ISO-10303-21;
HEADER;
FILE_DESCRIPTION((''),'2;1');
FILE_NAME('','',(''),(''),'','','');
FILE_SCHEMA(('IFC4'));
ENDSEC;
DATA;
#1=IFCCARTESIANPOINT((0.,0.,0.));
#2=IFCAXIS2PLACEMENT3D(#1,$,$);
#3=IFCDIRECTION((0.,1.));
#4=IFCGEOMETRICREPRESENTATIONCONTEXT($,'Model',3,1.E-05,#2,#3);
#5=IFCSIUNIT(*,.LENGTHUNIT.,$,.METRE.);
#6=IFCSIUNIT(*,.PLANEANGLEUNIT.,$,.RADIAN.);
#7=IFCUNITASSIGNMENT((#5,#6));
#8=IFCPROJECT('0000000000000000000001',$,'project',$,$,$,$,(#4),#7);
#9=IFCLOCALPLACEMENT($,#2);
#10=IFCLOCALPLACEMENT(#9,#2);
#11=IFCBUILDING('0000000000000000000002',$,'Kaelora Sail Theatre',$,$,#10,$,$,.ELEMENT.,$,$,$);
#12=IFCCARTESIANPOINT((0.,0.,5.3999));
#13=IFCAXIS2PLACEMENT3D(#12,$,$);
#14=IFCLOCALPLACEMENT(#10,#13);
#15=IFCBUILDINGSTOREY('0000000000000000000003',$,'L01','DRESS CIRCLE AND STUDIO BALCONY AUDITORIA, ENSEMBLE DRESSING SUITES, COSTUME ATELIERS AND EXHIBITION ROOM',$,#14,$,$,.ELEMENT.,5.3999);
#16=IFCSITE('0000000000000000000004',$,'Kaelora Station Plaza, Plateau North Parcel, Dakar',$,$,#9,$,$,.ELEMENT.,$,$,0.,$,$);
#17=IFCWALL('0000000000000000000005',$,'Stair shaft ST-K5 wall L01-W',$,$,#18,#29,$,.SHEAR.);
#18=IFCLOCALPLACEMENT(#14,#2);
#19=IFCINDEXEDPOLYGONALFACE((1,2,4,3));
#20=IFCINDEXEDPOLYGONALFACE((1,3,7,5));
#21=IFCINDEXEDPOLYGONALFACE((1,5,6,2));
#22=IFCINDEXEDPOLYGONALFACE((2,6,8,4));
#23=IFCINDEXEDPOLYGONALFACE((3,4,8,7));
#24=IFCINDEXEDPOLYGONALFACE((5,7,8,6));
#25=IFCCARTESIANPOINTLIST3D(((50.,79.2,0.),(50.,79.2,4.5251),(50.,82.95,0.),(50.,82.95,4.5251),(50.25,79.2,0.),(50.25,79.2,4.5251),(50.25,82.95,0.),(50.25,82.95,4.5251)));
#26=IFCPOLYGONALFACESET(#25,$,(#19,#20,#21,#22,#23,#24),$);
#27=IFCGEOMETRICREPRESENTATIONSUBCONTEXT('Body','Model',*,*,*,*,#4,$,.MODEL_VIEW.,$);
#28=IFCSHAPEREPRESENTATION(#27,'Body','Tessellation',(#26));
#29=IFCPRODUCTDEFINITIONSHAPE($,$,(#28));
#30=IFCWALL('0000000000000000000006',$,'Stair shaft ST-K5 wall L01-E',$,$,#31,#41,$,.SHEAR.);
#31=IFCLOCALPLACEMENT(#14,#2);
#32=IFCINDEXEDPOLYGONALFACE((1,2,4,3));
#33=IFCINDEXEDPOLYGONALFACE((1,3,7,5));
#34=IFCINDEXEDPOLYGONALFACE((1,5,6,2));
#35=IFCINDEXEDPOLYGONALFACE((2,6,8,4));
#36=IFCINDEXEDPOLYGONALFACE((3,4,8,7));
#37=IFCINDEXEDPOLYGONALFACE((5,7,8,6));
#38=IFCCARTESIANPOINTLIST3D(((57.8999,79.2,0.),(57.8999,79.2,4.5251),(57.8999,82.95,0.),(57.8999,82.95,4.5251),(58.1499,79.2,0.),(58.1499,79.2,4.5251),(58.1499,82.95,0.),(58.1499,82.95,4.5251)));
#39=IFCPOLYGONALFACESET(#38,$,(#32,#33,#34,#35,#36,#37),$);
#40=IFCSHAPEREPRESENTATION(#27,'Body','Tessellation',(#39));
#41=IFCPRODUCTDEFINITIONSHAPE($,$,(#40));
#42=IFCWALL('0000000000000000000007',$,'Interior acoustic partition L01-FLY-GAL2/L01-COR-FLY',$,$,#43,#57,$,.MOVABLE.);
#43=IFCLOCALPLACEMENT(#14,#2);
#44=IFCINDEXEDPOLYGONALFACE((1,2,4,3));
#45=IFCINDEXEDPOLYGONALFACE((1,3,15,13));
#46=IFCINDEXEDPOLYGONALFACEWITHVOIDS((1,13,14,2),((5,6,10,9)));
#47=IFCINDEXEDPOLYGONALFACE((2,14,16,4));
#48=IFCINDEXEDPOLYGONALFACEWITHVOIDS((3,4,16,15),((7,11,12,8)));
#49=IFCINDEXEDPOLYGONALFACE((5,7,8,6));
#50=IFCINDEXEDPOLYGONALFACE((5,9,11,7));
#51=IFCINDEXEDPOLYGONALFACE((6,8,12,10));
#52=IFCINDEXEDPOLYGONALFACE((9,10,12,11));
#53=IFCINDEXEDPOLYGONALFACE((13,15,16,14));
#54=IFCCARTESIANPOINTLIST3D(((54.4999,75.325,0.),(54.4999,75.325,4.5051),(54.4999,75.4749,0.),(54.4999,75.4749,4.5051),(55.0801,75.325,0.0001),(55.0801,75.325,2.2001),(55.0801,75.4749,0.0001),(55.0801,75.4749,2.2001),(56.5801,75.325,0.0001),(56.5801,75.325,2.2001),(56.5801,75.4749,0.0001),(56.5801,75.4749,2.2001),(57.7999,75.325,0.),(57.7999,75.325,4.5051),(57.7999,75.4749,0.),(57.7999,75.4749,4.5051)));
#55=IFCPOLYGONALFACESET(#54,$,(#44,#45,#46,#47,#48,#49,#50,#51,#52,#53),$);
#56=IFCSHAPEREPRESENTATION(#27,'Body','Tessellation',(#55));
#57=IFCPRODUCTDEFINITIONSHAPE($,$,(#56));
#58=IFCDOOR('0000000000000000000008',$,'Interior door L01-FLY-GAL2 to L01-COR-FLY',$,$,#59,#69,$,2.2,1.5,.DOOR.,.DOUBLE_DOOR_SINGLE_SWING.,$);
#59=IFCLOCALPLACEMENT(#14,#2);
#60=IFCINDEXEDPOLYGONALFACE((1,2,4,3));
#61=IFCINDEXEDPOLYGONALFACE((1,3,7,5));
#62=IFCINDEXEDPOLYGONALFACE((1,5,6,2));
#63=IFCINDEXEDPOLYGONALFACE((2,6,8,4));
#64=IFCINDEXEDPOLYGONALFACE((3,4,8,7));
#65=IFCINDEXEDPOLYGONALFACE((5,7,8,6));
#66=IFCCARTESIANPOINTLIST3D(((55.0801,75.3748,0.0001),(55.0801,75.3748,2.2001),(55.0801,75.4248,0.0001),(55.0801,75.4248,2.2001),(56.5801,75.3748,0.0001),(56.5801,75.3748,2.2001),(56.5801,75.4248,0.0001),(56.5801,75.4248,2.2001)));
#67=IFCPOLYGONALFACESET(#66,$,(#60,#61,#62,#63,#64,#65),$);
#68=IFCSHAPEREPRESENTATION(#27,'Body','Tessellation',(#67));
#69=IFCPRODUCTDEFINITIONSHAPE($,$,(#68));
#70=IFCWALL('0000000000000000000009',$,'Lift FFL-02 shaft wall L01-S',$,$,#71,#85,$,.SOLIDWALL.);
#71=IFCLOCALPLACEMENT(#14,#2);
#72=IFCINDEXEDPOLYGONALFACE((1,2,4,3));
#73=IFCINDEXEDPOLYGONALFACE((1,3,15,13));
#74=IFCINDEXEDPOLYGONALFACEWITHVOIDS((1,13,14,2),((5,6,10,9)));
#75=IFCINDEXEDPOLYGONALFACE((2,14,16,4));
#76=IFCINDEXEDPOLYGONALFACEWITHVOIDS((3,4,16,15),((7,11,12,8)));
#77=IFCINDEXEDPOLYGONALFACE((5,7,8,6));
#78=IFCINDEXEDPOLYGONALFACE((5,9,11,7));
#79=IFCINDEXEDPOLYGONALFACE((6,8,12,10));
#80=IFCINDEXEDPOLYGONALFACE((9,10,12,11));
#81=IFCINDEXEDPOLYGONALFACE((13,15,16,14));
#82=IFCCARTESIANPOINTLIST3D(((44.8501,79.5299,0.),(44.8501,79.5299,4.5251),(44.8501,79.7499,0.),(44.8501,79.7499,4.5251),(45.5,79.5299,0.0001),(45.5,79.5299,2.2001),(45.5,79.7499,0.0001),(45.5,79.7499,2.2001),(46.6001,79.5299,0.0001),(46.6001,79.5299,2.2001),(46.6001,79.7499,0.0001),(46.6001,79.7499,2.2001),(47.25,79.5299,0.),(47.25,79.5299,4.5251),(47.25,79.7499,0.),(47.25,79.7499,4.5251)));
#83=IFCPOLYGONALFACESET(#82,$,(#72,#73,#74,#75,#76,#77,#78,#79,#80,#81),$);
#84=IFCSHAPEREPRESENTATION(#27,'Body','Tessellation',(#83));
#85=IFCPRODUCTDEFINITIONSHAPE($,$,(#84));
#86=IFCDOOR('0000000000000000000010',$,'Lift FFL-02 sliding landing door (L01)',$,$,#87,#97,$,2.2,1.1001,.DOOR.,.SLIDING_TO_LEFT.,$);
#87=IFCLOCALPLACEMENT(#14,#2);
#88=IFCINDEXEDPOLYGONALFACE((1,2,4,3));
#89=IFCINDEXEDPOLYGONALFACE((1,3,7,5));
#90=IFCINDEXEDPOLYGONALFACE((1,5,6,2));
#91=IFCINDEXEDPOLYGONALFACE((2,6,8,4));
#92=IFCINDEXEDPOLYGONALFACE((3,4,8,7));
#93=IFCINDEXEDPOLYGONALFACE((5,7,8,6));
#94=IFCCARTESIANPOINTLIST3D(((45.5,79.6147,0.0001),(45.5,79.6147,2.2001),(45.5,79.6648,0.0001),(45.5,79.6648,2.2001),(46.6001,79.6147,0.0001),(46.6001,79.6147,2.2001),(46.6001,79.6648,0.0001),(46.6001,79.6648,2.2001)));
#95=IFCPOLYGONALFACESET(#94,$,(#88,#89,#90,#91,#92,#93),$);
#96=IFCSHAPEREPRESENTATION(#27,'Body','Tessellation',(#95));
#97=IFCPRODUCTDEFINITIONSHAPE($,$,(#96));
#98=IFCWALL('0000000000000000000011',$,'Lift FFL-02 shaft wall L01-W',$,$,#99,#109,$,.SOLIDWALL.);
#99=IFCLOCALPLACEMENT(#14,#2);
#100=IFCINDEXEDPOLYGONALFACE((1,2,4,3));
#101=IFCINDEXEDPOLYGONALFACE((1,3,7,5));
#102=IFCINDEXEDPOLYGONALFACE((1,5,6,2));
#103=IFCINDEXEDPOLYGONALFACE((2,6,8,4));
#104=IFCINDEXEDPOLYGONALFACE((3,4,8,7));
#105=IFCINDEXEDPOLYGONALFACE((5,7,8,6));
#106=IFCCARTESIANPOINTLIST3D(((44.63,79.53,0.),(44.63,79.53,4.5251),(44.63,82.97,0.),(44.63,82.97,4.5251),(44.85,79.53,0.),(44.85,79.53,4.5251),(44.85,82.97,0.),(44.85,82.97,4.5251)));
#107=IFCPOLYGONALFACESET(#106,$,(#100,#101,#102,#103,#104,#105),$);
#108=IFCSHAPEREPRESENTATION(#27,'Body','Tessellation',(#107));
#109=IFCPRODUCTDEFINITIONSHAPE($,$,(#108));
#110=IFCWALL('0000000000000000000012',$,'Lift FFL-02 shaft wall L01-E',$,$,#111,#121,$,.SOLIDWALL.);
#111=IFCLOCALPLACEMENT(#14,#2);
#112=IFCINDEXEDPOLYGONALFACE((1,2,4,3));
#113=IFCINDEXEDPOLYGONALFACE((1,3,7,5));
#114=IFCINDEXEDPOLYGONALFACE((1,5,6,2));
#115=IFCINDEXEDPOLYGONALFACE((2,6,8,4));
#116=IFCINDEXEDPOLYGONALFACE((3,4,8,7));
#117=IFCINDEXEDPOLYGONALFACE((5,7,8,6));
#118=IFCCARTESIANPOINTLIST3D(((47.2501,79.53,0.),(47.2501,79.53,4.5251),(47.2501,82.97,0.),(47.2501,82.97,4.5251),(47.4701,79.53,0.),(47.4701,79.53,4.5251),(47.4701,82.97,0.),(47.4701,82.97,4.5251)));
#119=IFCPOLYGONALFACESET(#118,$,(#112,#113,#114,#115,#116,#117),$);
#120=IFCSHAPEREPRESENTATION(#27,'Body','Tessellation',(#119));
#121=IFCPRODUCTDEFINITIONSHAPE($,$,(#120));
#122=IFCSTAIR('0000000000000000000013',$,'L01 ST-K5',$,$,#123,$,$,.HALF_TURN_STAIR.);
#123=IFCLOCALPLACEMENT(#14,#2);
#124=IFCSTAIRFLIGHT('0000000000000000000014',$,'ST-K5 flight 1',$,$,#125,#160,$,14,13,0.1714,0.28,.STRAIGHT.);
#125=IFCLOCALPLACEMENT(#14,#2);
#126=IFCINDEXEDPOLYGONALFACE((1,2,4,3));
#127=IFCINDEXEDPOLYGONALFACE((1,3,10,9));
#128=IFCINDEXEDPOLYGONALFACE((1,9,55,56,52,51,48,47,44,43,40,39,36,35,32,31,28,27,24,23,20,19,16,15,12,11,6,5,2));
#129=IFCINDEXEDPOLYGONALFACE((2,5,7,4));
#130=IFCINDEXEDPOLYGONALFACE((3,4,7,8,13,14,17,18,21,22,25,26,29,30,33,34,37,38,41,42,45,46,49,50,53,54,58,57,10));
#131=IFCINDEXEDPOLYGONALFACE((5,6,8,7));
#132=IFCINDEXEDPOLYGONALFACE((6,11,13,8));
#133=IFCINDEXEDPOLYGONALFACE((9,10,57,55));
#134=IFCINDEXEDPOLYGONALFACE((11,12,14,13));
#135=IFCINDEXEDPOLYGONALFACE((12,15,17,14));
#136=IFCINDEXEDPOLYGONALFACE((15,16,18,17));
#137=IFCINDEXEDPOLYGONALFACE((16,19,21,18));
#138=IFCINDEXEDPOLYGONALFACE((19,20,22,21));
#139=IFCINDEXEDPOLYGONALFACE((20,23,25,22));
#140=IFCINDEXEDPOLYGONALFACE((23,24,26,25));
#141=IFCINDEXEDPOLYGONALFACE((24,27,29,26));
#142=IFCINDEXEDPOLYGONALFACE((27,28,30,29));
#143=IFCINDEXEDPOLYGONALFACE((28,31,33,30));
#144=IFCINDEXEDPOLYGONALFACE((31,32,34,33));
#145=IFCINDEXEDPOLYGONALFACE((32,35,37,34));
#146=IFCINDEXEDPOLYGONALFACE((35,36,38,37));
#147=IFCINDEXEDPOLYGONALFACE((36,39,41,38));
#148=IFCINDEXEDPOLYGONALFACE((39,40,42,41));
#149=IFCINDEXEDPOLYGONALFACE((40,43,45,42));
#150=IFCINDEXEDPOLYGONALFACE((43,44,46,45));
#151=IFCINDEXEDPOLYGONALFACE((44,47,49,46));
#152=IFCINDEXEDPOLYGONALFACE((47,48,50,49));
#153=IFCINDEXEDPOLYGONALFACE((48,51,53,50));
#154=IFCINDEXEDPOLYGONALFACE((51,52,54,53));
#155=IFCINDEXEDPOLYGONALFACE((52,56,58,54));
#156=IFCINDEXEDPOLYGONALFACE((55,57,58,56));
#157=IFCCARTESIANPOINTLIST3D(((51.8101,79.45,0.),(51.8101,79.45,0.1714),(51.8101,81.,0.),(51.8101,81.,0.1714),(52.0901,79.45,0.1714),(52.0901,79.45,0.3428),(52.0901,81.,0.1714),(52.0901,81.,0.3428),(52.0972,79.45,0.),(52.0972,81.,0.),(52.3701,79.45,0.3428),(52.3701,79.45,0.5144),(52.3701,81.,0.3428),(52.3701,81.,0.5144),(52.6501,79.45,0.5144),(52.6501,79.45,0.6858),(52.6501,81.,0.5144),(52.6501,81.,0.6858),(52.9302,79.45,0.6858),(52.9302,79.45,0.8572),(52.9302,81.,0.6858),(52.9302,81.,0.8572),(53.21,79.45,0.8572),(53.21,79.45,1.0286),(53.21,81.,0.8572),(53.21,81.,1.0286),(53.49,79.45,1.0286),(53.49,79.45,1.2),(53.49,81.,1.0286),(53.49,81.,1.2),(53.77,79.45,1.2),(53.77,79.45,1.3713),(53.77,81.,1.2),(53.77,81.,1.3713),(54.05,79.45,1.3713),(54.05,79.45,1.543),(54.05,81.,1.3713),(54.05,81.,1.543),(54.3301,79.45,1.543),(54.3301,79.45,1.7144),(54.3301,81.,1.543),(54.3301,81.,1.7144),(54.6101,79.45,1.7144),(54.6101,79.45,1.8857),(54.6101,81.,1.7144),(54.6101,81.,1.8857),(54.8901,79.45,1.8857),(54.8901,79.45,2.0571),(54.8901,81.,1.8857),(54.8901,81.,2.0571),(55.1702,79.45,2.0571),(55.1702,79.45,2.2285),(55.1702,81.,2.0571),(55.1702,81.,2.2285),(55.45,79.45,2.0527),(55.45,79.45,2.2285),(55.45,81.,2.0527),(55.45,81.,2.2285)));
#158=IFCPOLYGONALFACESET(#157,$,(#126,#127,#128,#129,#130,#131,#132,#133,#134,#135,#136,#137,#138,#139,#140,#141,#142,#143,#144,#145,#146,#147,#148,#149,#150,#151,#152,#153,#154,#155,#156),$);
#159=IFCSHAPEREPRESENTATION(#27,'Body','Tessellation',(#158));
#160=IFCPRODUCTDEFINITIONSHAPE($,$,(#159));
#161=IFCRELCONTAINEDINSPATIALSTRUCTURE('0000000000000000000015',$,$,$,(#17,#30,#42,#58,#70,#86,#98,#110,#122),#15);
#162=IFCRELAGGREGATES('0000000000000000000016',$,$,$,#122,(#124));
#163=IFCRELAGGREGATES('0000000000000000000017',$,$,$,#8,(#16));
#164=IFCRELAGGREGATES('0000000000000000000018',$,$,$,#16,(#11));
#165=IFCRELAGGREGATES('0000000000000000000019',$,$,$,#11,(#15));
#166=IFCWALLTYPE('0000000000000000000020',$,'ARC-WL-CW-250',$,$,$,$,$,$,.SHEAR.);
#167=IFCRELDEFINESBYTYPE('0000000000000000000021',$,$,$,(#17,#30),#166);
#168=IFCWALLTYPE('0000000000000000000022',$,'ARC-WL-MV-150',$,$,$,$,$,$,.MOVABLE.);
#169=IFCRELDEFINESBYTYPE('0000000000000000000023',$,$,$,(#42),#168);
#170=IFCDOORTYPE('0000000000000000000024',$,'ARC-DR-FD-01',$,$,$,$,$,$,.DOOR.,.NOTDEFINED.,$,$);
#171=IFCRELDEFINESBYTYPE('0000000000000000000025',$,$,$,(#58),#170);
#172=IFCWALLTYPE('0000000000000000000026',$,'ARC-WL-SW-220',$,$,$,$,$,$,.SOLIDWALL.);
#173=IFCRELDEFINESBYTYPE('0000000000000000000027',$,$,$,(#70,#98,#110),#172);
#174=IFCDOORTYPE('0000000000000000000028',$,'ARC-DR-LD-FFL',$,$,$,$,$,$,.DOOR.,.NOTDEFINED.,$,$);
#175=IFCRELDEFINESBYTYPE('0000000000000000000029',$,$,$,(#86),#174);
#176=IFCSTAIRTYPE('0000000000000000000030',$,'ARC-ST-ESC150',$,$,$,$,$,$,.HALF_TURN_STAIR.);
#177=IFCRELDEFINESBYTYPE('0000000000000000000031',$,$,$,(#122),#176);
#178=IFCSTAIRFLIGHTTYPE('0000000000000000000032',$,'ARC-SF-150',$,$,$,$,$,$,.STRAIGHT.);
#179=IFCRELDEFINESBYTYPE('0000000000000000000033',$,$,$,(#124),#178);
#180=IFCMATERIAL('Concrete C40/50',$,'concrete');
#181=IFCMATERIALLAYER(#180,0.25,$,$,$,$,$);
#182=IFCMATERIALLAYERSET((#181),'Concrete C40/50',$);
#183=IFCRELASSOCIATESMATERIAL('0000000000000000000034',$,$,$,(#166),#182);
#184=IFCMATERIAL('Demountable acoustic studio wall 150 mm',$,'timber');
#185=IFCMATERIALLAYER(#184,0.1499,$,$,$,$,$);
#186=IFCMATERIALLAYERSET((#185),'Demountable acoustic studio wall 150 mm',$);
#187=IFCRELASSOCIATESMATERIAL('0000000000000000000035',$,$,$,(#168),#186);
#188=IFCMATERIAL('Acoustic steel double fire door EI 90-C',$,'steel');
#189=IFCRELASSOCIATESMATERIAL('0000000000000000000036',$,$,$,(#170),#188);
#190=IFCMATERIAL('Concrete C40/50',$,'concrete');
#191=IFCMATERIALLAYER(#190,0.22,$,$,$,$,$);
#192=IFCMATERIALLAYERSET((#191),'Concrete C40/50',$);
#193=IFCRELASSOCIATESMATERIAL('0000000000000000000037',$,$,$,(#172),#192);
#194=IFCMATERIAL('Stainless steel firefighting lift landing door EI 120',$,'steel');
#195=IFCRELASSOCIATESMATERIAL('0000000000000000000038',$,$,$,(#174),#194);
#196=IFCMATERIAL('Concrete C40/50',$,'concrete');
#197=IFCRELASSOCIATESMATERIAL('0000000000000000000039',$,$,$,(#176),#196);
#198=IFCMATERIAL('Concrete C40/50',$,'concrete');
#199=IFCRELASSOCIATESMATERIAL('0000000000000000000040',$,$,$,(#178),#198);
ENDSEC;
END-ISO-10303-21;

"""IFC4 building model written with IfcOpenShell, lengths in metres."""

from ifc_helpers import new_model, si_unit, direction, frame, frame_2d, origin, place, context, subcontext, project, spatial, polyline, rectangle, outline, extrude, material, layer, layer_set, type_object, element, fill, aggregate, save


model = new_model("IFC4")

# Units and contexts
model_context = context("Model", 3, precision=1e-05, world=origin(), true_north=direction((0.0, 1.0)))
body_context = subcontext(model_context, "Body", "Model", "MODEL_VIEW")
ifc_project = project(units=[si_unit("LENGTHUNIT", "METRE"), si_unit("PLANEANGLEUNIT", "RADIAN")], contexts=[model_context])

# Site, building, storey
site_placement = place(None, origin())
site = spatial("IfcSite", under=ifc_project, at=site_placement, Name="Kaelora Station Plaza, Plateau North Parcel, Dakar", CompositionType="ELEMENT", RefElevation=0.0)
building_placement = place(site_placement, origin())
building = spatial("IfcBuilding", under=site, at=building_placement, Name="Kaelora Sail Theatre", CompositionType="ELEMENT")
storey_placement = place(building_placement, frame((0.0, 0.0, 5.3999)))
storey = spatial("IfcBuildingStorey", under=building, at=storey_placement, Name="L01", Description="DRESS CIRCLE AND STUDIO BALCONY AUDITORIA, ENSEMBLE DRESSING SUITES, COSTUME ATELIERS AND EXHIBITION ROOM", CompositionType="ELEMENT", Elevation=5.3999)

# Shared definitions
ifc_material_1 = material(Name="Concrete C40/50", Category="concrete")
ifc_layer_1 = layer(ifc_material_1, 0.25)
ifc_layer_set_1 = layer_set([ifc_layer_1], Name="Concrete C40/50")
wall_type_1 = type_object("IfcWallType", Name="ARC-WL-CW-250", PredefinedType="SHEAR", material=ifc_layer_set_1)

# Walls
for number, where, z_axis, x_axis, name in (
    (1, (50.125, 79.2, 0.0), (0.0, 0.0, 1.0), (0.0, 1.0, 0.0), "Stair shaft ST-K5 wall L01-W"),
    (2, (58.0249, 79.2, 0.0), (0.0, 0.0, 1.0), (0.0, 1.0, 0.0), "Stair shaft ST-K5 wall L01-E"),
):
    element("IfcWall", number, at=place(storey_placement, frame(where, z_axis=z_axis, x_axis=x_axis)), inside=storey, type_object=wall_type_1, Name=name, PredefinedType="SHEAR", context=body_context, shape_type="SweptSolid", body=[
        extrude(rectangle(XDim=3.75, YDim=0.25, at=frame_2d((1.875, 0.0))), origin(), (0.0, 0.0, 1.0), 4.5251),
    ])

# Walls, openings, doors
ifc_material_2 = material(Name="Demountable acoustic studio wall 150 mm", Category="timber")
ifc_layer_2 = layer(ifc_material_2, 0.1499)
ifc_layer_set_2 = layer_set([ifc_layer_2], Name="Demountable acoustic studio wall 150 mm")
wall_type_2 = type_object("IfcWallType", Name="ARC-WL-MV-150", PredefinedType="MOVABLE", material=ifc_layer_set_2)
wall_1_placement = place(storey_placement, frame((54.5, 75.3999, 0.0), z_axis=(0.0, 0.0, 1.0), x_axis=(1.0, 0.0, 0.0)))
wall_1 = element("IfcWall", 3, at=wall_1_placement, inside=storey, type_object=wall_type_2, Name="Interior acoustic partition L01-FLY-GAL2/L01-COR-FLY", PredefinedType="MOVABLE", context=body_context, shape_type="SweptSolid", body=[
    extrude(rectangle(XDim=3.3, YDim=0.1499, at=frame_2d((1.6499, 0.0))), origin(), (0.0, 0.0, 1.0), 4.5051),
])
opening_1_placement = place(wall_1_placement, frame((0.5801, 0.0, 0.0)))
opening_1 = element("IfcOpeningElement", 4, at=opening_1_placement, cuts=wall_1, PredefinedType="OPENING", context=body_context, shape_type="SweptSolid", body=[
    extrude(rectangle(XDim=1.5, YDim=2.2, at=frame_2d((0.75, 1.1001))), frame((0.0, 0.085, 0.0), z_axis=(0.0, -1.0, 0.0), x_axis=(1.0, 0.0, 0.0)), (0.0, 0.0, 1.0), 0.1699),
])
ifc_material_3 = material(Name="Acoustic steel double fire door EI 90-C", Category="steel")
door_type_1 = type_object("IfcDoorType", Name="ARC-DR-FD-01", OperationType="NOTDEFINED", PredefinedType="DOOR", material=ifc_material_3)
door_1_placement = place(opening_1_placement, origin())
door_1 = element("IfcDoor", 5, at=door_1_placement, inside=storey, type_object=door_type_1, Name="Interior door L01-FLY-GAL2 to L01-COR-FLY", OperationType="DOUBLE_DOOR_SINGLE_SWING", OverallHeight=2.2, OverallWidth=1.5, PredefinedType="DOOR", context=body_context, shape_type="SweptSolid", body=[
    extrude(rectangle(XDim=1.5, YDim=2.2, at=frame_2d((0.75, 1.1001))), frame((0.0, 0.0249, 0.0), z_axis=(0.0, -1.0, 0.0), x_axis=(1.0, 0.0, 0.0)), (0.0, 0.0, 1.0), 0.05),
])
fill(opening_1, door_1)
ifc_material_4 = material(Name="Concrete C40/50", Category="concrete")
ifc_layer_3 = layer(ifc_material_4, 0.22)
ifc_layer_set_3 = layer_set([ifc_layer_3], Name="Concrete C40/50")
wall_type_3 = type_object("IfcWallType", Name="ARC-WL-SW-220", PredefinedType="SOLIDWALL", material=ifc_layer_set_3)
wall_2_placement = place(storey_placement, frame((44.8501, 79.6399, 0.0), z_axis=(0.0, 0.0, 1.0), x_axis=(1.0, 0.0, 0.0)))
wall_2 = element("IfcWall", 6, at=wall_2_placement, inside=storey, type_object=wall_type_3, Name="Lift FFL-02 shaft wall L01-S", PredefinedType="SOLIDWALL", context=body_context, shape_type="SweptSolid", body=[
    extrude(rectangle(XDim=2.3999, YDim=0.22, at=frame_2d((1.2, 0.0))), origin(), (0.0, 0.0, 1.0), 4.5251),
])
opening_2_placement = place(wall_2_placement, frame((0.6499, 0.0, 0.0)))
opening_2 = element("IfcOpeningElement", 7, at=opening_2_placement, cuts=wall_2, PredefinedType="OPENING", context=body_context, shape_type="SweptSolid", body=[
    extrude(rectangle(XDim=1.1001, YDim=2.2, at=frame_2d((0.55, 1.1001))), frame((0.0, 0.1199, 0.0), z_axis=(0.0, -1.0, 0.0), x_axis=(1.0, 0.0, 0.0)), (0.0, 0.0, 1.0), 0.24),
])
ifc_material_5 = material(Name="Stainless steel firefighting lift landing door EI 120", Category="steel")
door_type_2 = type_object("IfcDoorType", Name="ARC-DR-LD-FFL", OperationType="NOTDEFINED", PredefinedType="DOOR", material=ifc_material_5)
door_2_placement = place(opening_2_placement, origin())
door_2 = element("IfcDoor", 8, at=door_2_placement, inside=storey, type_object=door_type_2, Name="Lift FFL-02 sliding landing door (L01)", OperationType="SLIDING_TO_LEFT", OverallHeight=2.2, OverallWidth=1.1001, PredefinedType="DOOR", context=body_context, shape_type="SweptSolid", body=[
    extrude(rectangle(XDim=1.1001, YDim=2.2, at=frame_2d((0.55, 1.1001))), frame((0.0, 0.0249, 0.0), z_axis=(0.0, -1.0, 0.0), x_axis=(1.0, 0.0, 0.0)), (0.0, 0.0, 1.0), 0.05),
])
fill(opening_2, door_2)

# Walls
for number, where, z_axis, x_axis, name in (
    (9, (44.74, 79.53, 0.0), (0.0, 0.0, 1.0), (0.0, 1.0, 0.0), "Lift FFL-02 shaft wall L01-W"),
    (10, (47.3601, 79.53, 0.0), (0.0, 0.0, 1.0), (0.0, 1.0, 0.0), "Lift FFL-02 shaft wall L01-E"),
):
    element("IfcWall", number, at=place(storey_placement, frame(where, z_axis=z_axis, x_axis=x_axis)), inside=storey, type_object=wall_type_3, Name=name, PredefinedType="SOLIDWALL", context=body_context, shape_type="SweptSolid", body=[
        extrude(rectangle(XDim=3.4399, YDim=0.22, at=frame_2d((1.72, 0.0))), origin(), (0.0, 0.0, 1.0), 4.5251),
    ])

# Stair, stair flight
ifc_material_6 = material(Name="Concrete C40/50", Category="concrete")
stair_type = type_object("IfcStairType", Name="ARC-ST-ESC150", PredefinedType="HALF_TURN_STAIR", material=ifc_material_6)
stair_placement = place(storey_placement, origin())
stair = element("IfcStair", 11, at=stair_placement, inside=storey, type_object=stair_type, Name="L01 ST-K5", PredefinedType="HALF_TURN_STAIR")
ifc_material_7 = material(Name="Concrete C40/50", Category="concrete")
stair_flight_type = type_object("IfcStairFlightType", Name="ARC-SF-150", PredefinedType="STRAIGHT", material=ifc_material_7)
stair_flight_1_placement = place(storey_placement, frame((51.8101, 80.2251, 0.0), z_axis=(0.0, 0.0, 1.0), x_axis=(1.0, 0.0, 0.0)))
stair_flight_1 = element("IfcStairFlight", 12, at=stair_flight_1_placement, type_object=stair_flight_type, Name="ST-K5 flight 1", NumberOfRisers=14, NumberOfTreads=13, PredefinedType="STRAIGHT", RiserHeight=0.1714, TreadLength=0.28, context=body_context, shape_type="SweptSolid", body=[
    extrude(outline(polyline([(0.0, 0.0), (0.0, 0.1714), (0.28, 0.1714), (0.28, 0.3428), (0.5601, 0.3428), (0.5601, 0.5144), (0.8401, 0.5144), (0.8401, 0.6858), (1.1201, 0.6858), (1.1201, 0.8572), (1.3999, 0.8572), (1.3999, 1.0286), (1.6799, 1.0286), (1.6799, 1.2), (1.96, 1.2), (1.96, 1.3713), (2.24, 1.3713), (2.24, 1.543), (2.52, 1.543), (2.52, 1.7144), (2.8, 1.7144), (2.8, 1.8857), (3.0801, 1.8857), (3.0801, 2.0571), (3.3601, 2.0571), (3.3601, 2.2285), (3.6399, 2.2285), (3.6399, 2.3999), (3.6399, 2.0527), (0.2871, 0.0), (0.0, 0.0)])), frame((0.0, 0.7749, 0.0), z_axis=(0.0, -1.0, 0.0), x_axis=(1.0, 0.0, 0.0)), (0.0, 0.0, 1.0), 1.55),
])
aggregate(stair, [stair_flight_1])

save(model, "model.ifc")
